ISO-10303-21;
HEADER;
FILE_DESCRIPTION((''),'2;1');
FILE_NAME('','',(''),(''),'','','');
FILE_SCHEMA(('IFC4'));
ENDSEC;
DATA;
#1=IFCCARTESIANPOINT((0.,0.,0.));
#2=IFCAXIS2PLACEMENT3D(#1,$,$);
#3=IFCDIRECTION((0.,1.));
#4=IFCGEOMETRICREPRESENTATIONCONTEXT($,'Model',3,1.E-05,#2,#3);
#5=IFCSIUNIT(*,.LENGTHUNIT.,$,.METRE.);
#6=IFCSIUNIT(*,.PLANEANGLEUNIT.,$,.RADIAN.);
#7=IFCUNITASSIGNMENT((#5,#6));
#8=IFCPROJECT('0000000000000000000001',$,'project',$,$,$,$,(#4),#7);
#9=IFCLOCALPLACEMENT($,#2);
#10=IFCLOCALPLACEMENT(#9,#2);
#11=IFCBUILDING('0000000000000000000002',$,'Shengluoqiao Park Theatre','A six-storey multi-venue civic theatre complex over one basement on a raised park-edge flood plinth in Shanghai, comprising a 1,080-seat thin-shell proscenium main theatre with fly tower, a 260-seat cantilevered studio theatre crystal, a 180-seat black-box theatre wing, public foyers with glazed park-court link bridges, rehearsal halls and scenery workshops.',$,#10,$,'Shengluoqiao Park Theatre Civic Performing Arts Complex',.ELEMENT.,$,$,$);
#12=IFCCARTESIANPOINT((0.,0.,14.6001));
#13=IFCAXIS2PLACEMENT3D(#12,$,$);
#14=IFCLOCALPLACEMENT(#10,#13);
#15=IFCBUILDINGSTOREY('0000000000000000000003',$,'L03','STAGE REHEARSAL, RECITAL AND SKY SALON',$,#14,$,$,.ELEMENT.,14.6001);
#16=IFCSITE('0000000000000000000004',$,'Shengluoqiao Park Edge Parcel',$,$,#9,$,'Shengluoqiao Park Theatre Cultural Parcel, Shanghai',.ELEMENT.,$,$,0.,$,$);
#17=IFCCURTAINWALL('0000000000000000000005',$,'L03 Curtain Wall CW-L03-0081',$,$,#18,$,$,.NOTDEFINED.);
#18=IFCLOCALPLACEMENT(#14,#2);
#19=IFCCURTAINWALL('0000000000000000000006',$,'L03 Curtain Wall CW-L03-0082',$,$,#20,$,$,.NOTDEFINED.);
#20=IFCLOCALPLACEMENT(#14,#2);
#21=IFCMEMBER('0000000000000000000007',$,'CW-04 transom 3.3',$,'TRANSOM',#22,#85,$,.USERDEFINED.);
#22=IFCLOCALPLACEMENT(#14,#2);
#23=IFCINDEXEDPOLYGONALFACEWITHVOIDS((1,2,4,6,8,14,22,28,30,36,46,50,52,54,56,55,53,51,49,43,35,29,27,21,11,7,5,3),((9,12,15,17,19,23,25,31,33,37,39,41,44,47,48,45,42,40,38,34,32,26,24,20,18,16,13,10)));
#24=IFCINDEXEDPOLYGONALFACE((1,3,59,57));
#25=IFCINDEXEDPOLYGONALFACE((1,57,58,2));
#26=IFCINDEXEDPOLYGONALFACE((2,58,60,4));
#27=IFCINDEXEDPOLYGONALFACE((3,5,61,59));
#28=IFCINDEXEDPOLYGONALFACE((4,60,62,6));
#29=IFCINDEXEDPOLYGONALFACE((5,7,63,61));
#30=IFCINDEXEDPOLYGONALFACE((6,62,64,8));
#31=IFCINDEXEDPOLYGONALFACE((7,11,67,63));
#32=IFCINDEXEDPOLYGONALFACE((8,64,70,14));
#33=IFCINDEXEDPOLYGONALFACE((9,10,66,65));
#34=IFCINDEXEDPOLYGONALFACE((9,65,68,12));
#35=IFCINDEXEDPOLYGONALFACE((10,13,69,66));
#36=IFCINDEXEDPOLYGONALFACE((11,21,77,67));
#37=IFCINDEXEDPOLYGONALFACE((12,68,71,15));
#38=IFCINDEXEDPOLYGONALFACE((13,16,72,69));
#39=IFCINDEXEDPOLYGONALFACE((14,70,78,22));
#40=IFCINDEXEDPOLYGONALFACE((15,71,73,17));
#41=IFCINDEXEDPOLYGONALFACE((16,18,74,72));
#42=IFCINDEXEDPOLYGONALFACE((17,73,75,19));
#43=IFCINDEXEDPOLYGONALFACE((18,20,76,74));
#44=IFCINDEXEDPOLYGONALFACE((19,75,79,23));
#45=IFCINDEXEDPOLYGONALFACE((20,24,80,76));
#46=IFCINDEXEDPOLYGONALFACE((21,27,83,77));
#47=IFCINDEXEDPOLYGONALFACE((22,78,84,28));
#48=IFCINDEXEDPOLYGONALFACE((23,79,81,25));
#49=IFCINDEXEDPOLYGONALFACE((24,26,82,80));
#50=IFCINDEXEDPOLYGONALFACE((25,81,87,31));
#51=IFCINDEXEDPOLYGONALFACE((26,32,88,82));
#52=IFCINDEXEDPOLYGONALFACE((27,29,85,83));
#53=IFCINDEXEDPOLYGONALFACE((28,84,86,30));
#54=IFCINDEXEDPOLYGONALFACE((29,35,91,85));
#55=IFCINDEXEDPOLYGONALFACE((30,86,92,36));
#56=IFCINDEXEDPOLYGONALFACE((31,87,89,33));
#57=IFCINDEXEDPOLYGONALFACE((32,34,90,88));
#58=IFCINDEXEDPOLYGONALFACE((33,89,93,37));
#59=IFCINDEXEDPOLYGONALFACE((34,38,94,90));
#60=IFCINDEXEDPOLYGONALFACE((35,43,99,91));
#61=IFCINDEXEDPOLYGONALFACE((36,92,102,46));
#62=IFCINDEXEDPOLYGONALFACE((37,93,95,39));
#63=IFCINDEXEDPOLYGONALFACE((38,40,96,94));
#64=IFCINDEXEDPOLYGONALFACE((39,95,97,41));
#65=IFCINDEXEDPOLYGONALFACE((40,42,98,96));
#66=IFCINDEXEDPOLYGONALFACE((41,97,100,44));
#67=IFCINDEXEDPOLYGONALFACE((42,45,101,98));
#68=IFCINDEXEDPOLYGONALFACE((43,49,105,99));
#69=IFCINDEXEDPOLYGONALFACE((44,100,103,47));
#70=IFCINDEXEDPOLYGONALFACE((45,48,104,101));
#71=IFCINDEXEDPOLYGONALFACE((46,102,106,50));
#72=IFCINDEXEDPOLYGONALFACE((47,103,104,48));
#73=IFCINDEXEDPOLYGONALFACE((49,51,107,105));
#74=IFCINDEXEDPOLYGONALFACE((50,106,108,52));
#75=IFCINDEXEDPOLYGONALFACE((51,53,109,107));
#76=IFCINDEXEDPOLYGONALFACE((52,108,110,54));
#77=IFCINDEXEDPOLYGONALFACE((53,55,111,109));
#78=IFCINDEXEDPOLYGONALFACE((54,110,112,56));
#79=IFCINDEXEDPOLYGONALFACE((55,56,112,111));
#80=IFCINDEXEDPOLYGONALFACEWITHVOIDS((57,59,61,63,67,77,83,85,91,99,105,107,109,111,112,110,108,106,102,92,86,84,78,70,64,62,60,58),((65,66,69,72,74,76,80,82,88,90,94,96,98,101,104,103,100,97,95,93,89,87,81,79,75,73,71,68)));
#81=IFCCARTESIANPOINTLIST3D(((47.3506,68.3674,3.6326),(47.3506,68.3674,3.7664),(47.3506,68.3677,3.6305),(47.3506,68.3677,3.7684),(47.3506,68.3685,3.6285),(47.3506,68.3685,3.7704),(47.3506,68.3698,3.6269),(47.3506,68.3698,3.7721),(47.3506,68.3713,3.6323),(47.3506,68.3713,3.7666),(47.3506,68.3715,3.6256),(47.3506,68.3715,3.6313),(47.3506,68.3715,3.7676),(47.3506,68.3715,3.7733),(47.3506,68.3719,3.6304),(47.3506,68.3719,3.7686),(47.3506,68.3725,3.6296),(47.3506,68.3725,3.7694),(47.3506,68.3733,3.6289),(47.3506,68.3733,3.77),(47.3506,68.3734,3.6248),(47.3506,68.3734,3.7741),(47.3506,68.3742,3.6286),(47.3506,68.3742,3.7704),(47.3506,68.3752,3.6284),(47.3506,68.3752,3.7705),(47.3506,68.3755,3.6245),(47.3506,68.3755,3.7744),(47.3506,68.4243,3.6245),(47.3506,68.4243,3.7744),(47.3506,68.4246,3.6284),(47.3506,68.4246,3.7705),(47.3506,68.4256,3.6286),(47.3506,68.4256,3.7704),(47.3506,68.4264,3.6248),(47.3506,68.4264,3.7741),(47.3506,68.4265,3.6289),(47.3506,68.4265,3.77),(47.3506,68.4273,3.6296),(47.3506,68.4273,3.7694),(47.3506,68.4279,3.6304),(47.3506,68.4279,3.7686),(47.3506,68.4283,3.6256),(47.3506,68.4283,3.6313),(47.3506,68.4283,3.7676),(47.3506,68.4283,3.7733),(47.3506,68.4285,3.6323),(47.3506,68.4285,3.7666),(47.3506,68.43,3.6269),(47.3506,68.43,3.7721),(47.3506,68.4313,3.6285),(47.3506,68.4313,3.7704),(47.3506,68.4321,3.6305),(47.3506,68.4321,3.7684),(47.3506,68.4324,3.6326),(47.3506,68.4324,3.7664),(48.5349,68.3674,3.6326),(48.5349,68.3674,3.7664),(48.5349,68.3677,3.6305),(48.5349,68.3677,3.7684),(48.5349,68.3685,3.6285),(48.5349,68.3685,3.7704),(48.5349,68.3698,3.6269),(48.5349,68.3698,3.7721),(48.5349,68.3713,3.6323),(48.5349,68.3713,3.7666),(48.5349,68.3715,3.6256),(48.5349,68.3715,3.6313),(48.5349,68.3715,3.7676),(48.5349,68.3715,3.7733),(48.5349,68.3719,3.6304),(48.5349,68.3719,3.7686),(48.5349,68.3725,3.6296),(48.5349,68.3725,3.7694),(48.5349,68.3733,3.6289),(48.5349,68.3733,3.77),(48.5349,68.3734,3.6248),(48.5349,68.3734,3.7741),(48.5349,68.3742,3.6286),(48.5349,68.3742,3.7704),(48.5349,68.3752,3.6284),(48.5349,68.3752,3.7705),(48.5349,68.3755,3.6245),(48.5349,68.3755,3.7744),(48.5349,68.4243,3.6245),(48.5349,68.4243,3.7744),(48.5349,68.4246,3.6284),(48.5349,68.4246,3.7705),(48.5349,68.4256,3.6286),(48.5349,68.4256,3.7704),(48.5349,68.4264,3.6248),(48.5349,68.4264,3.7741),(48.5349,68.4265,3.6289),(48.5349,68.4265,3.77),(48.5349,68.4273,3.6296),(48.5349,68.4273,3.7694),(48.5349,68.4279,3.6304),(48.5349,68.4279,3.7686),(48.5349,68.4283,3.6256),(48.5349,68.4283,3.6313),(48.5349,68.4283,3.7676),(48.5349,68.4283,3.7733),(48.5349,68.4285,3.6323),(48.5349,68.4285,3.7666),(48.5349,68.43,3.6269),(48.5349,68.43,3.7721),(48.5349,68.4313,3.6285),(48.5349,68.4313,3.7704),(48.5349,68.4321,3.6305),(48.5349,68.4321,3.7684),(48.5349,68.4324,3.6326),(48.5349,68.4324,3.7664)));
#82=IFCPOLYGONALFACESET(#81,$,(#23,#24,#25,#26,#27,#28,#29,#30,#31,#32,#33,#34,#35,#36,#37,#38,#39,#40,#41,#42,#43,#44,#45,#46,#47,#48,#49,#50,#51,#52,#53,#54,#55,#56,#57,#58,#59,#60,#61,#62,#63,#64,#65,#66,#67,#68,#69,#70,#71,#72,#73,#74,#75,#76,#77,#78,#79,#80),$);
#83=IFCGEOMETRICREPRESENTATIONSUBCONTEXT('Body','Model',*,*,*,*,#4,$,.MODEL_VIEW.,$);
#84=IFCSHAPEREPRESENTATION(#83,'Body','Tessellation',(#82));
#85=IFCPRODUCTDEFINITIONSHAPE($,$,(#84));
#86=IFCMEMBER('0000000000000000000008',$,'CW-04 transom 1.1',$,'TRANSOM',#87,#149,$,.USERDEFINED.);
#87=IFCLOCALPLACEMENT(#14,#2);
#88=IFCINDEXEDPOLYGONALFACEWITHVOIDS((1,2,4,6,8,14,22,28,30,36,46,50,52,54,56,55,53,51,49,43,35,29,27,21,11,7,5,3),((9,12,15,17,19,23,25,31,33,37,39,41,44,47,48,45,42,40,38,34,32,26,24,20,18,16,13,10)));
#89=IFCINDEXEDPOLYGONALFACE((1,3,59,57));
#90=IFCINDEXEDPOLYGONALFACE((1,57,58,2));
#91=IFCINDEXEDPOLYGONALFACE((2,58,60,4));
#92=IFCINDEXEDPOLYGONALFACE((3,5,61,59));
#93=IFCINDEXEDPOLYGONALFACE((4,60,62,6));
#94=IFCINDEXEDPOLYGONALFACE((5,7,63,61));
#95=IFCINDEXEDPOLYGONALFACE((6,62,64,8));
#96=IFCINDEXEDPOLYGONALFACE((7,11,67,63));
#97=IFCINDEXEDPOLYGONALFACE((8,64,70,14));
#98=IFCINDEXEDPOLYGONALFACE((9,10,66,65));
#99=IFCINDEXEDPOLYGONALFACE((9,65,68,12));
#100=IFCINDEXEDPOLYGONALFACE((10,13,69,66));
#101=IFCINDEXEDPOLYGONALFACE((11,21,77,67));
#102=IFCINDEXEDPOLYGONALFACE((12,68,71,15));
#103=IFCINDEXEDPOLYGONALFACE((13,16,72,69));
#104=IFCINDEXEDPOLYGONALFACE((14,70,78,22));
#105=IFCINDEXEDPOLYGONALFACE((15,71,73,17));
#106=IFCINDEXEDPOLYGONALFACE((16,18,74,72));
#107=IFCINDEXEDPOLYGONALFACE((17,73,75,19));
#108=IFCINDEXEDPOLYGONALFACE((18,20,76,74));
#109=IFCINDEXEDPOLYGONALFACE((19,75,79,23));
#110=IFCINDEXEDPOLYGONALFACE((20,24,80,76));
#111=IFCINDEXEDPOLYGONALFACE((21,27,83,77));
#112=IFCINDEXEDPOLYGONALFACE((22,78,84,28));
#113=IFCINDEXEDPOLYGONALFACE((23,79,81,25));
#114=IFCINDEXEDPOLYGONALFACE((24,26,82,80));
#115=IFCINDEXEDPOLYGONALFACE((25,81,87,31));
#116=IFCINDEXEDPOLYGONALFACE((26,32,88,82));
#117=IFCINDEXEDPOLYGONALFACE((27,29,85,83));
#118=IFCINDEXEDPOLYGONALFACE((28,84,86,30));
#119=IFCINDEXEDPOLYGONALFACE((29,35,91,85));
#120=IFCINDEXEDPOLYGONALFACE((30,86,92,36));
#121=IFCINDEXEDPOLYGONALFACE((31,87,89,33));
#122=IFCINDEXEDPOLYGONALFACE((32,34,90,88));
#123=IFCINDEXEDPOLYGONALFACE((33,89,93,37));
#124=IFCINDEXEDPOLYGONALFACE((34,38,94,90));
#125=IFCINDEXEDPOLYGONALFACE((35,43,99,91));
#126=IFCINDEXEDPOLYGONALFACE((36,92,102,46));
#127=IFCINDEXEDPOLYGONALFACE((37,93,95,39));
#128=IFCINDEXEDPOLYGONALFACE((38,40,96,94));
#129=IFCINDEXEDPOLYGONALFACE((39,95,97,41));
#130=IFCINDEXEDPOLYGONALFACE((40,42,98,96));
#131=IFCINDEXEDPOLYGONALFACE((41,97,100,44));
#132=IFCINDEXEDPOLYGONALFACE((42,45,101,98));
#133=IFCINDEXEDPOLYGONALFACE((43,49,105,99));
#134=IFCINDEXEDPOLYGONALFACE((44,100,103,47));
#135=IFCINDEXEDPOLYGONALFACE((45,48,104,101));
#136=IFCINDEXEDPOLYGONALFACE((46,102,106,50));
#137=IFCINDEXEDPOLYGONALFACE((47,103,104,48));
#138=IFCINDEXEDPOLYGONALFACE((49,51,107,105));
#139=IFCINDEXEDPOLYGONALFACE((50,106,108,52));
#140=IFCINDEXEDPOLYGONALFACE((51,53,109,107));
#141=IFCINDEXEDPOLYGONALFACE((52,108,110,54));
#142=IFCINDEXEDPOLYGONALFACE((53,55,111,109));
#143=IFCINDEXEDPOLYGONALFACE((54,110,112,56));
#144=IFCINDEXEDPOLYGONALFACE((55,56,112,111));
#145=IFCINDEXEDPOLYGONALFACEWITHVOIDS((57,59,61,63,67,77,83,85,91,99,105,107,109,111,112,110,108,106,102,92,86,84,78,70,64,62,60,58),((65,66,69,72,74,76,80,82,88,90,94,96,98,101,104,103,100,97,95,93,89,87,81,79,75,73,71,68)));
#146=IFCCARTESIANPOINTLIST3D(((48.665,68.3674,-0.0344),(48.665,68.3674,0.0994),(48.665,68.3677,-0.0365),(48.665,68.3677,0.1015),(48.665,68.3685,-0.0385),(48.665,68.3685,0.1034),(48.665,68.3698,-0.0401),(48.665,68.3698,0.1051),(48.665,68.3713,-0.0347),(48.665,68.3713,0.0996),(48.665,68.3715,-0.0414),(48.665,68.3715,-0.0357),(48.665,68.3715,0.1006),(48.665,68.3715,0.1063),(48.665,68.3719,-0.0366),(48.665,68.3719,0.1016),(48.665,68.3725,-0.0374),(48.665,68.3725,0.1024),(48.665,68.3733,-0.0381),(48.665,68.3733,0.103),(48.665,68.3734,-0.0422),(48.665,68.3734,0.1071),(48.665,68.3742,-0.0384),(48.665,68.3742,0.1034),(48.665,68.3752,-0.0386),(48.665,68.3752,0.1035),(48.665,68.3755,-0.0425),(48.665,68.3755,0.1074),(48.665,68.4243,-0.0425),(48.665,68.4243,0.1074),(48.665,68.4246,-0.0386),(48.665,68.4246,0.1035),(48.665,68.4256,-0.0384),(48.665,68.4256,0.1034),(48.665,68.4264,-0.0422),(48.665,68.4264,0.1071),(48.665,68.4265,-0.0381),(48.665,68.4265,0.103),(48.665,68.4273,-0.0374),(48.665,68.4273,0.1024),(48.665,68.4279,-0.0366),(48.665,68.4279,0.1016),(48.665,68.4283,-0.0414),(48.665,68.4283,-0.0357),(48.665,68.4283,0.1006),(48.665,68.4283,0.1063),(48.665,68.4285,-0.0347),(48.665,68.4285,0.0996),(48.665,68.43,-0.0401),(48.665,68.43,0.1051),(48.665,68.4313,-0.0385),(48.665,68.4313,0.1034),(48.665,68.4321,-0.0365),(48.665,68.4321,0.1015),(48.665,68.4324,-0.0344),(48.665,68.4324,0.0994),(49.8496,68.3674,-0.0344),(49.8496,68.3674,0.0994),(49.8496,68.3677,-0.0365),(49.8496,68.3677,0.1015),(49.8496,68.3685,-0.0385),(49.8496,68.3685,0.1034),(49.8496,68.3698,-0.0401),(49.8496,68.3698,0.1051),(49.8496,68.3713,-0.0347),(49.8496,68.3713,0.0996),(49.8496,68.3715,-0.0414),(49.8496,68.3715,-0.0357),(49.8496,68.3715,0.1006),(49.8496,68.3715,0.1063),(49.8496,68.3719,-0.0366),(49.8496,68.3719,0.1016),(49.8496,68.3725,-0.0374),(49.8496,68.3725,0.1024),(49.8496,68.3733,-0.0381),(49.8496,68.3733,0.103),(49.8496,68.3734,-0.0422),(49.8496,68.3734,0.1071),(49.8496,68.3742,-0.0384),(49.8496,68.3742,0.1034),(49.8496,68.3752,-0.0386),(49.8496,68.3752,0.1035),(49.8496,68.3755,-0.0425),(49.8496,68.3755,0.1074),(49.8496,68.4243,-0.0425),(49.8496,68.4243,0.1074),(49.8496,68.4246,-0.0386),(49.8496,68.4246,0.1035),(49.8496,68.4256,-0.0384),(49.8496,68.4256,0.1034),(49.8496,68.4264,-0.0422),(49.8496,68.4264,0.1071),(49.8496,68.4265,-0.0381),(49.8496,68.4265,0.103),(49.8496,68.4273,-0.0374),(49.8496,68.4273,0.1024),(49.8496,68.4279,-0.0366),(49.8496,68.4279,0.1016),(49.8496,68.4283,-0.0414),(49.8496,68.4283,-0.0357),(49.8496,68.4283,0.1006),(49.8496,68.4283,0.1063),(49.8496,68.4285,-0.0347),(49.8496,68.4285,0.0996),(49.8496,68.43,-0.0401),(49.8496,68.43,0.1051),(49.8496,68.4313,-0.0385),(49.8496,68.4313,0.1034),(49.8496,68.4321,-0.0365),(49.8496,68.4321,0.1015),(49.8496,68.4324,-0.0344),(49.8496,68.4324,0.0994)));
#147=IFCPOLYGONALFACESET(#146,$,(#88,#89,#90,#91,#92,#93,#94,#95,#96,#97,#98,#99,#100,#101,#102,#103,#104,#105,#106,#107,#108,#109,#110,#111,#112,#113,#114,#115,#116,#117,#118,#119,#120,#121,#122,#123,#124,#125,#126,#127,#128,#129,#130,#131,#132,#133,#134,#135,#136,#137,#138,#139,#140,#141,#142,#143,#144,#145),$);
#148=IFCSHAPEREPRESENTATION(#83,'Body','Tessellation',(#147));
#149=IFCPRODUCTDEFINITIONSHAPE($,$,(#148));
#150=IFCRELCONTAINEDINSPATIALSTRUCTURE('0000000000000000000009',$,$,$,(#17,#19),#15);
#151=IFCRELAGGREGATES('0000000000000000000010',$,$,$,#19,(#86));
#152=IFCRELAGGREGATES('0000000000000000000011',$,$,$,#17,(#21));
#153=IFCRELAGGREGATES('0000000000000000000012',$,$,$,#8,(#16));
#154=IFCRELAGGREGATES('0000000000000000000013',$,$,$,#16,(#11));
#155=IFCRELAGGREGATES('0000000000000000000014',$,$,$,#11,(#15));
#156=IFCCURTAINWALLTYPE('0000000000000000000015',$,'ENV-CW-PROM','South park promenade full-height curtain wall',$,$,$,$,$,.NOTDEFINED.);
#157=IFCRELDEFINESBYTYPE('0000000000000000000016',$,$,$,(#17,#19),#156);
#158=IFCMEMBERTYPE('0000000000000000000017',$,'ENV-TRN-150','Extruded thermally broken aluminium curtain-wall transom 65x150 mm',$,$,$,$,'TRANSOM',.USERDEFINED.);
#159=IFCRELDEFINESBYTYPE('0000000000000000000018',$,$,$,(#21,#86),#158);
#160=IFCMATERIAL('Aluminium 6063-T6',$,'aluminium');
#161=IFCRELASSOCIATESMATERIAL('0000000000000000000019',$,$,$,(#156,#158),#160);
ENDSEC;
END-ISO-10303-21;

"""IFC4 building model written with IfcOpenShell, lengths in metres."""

from ifc_helpers import new_model, si_unit, direction, frame, origin, origin_2d, place, context, subcontext, project, spatial, hollow_rectangle, extrude, material, material_profile, profile_set, type_object, element, aggregate, save


model = new_model("IFC4")

# Units and contexts
model_context = context("Model", 3, precision=1e-05, world=origin(), true_north=direction((0.0, 1.0)))
body_context = subcontext(model_context, "Body", "Model", "MODEL_VIEW")
ifc_project = project(units=[si_unit("LENGTHUNIT", "METRE"), si_unit("PLANEANGLEUNIT", "RADIAN")], contexts=[model_context])

# Site, building, storey
site_placement = place(None, origin())
site = spatial("IfcSite", under=ifc_project, at=site_placement, Name="Shengluoqiao Park Edge Parcel", LongName="Shengluoqiao Park Theatre Cultural Parcel, Shanghai", CompositionType="ELEMENT", RefElevation=0.0)
building_placement = place(site_placement, origin())
building = spatial("IfcBuilding", under=site, at=building_placement, Name="Shengluoqiao Park Theatre", Description="A six-storey multi-venue civic theatre complex over one basement on a raised park-edge flood plinth in Shanghai, comprising a 1,080-seat thin-shell proscenium main theatre with fly tower, a 260-seat cantilevered studio theatre crystal, a 180-seat black-box theatre wing, public foyers with glazed park-court link bridges, rehearsal halls and scenery workshops.", LongName="Shengluoqiao Park Theatre Civic Performing Arts Complex", CompositionType="ELEMENT")
storey_placement = place(building_placement, frame((0.0, 0.0, 14.6001)))
storey = spatial("IfcBuildingStorey", under=building, at=storey_placement, Name="L03", Description="STAGE REHEARSAL, RECITAL AND SKY SALON", CompositionType="ELEMENT", Elevation=14.6001)

# Curtain wall
ifc_material_1 = material(Name="Aluminium 6063-T6", Category="aluminium")
curtain_wall_type = type_object("IfcCurtainWallType", Name="ENV-CW-PROM", Description="South park promenade full-height curtain wall", PredefinedType="NOTDEFINED", material=ifc_material_1)
curtain_wall_1_placement = place(storey_placement, origin())
curtain_wall_1 = element("IfcCurtainWall", 1, at=curtain_wall_1_placement, inside=storey, type_object=curtain_wall_type, Name="L03 Curtain Wall CW-L03-0081", PredefinedType="NOTDEFINED")

# Curtain wall
curtain_wall_2_placement = place(storey_placement, origin())
curtain_wall_2 = element("IfcCurtainWall", 2, at=curtain_wall_2_placement, inside=storey, type_object=curtain_wall_type, Name="L03 Curtain Wall CW-L03-0082", PredefinedType="NOTDEFINED")

# Members
ifc_material_profile_1 = material_profile(ifc_material_1, hollow_rectangle(XDim=0.0649, YDim=0.1499, WallThickness=0.0039, InnerFilletRadius=0.0039, OuterFilletRadius=0.0081, at=origin_2d()), Name="ALU TRANSOM 150x65x4")
ifc_profile_set_1 = profile_set([ifc_material_profile_1], Name="Aluminium 6063-T6")
member_type_1 = type_object("IfcMemberType", Name="ENV-TRN-150", Description="Extruded thermally broken aluminium curtain-wall transom 65x150 mm", ElementType="TRANSOM", PredefinedType="USERDEFINED", material=ifc_profile_set_1)
member_1_placement = place(storey_placement, frame((47.3506, 68.3999, 3.6995), z_axis=(1.0, 0.0, 0.0), x_axis=(0.0, 1.0, 0.0)))
member_1 = element("IfcMember", 3, at=member_1_placement, type_object=member_type_1, Name="CW-04 transom 3.3", ObjectType="TRANSOM", PredefinedType="USERDEFINED", context=body_context, shape_type="SweptSolid", body=[
    extrude(hollow_rectangle(XDim=0.0649, YDim=0.1499, WallThickness=0.0039, InnerFilletRadius=0.0039, OuterFilletRadius=0.0081, at=origin_2d()), origin(), (0.0, 0.0, 1.0), 1.1843),
])
member_2_placement = place(storey_placement, frame((48.665, 68.3999, 0.0325), z_axis=(1.0, 0.0, 0.0), x_axis=(0.0, 1.0, 0.0)))
member_2 = element("IfcMember", 4, at=member_2_placement, type_object=member_type_1, Name="CW-04 transom 1.1", ObjectType="TRANSOM", PredefinedType="USERDEFINED", context=body_context, shape_type="SweptSolid", body=[
    extrude(hollow_rectangle(XDim=0.0649, YDim=0.1499, WallThickness=0.0039, InnerFilletRadius=0.0039, OuterFilletRadius=0.0081, at=origin_2d()), origin(), (0.0, 0.0, 1.0), 1.1846),
])
aggregate(curtain_wall_2, [member_2])

aggregate(curtain_wall_1, [member_1])

save(model, "model.ifc")
